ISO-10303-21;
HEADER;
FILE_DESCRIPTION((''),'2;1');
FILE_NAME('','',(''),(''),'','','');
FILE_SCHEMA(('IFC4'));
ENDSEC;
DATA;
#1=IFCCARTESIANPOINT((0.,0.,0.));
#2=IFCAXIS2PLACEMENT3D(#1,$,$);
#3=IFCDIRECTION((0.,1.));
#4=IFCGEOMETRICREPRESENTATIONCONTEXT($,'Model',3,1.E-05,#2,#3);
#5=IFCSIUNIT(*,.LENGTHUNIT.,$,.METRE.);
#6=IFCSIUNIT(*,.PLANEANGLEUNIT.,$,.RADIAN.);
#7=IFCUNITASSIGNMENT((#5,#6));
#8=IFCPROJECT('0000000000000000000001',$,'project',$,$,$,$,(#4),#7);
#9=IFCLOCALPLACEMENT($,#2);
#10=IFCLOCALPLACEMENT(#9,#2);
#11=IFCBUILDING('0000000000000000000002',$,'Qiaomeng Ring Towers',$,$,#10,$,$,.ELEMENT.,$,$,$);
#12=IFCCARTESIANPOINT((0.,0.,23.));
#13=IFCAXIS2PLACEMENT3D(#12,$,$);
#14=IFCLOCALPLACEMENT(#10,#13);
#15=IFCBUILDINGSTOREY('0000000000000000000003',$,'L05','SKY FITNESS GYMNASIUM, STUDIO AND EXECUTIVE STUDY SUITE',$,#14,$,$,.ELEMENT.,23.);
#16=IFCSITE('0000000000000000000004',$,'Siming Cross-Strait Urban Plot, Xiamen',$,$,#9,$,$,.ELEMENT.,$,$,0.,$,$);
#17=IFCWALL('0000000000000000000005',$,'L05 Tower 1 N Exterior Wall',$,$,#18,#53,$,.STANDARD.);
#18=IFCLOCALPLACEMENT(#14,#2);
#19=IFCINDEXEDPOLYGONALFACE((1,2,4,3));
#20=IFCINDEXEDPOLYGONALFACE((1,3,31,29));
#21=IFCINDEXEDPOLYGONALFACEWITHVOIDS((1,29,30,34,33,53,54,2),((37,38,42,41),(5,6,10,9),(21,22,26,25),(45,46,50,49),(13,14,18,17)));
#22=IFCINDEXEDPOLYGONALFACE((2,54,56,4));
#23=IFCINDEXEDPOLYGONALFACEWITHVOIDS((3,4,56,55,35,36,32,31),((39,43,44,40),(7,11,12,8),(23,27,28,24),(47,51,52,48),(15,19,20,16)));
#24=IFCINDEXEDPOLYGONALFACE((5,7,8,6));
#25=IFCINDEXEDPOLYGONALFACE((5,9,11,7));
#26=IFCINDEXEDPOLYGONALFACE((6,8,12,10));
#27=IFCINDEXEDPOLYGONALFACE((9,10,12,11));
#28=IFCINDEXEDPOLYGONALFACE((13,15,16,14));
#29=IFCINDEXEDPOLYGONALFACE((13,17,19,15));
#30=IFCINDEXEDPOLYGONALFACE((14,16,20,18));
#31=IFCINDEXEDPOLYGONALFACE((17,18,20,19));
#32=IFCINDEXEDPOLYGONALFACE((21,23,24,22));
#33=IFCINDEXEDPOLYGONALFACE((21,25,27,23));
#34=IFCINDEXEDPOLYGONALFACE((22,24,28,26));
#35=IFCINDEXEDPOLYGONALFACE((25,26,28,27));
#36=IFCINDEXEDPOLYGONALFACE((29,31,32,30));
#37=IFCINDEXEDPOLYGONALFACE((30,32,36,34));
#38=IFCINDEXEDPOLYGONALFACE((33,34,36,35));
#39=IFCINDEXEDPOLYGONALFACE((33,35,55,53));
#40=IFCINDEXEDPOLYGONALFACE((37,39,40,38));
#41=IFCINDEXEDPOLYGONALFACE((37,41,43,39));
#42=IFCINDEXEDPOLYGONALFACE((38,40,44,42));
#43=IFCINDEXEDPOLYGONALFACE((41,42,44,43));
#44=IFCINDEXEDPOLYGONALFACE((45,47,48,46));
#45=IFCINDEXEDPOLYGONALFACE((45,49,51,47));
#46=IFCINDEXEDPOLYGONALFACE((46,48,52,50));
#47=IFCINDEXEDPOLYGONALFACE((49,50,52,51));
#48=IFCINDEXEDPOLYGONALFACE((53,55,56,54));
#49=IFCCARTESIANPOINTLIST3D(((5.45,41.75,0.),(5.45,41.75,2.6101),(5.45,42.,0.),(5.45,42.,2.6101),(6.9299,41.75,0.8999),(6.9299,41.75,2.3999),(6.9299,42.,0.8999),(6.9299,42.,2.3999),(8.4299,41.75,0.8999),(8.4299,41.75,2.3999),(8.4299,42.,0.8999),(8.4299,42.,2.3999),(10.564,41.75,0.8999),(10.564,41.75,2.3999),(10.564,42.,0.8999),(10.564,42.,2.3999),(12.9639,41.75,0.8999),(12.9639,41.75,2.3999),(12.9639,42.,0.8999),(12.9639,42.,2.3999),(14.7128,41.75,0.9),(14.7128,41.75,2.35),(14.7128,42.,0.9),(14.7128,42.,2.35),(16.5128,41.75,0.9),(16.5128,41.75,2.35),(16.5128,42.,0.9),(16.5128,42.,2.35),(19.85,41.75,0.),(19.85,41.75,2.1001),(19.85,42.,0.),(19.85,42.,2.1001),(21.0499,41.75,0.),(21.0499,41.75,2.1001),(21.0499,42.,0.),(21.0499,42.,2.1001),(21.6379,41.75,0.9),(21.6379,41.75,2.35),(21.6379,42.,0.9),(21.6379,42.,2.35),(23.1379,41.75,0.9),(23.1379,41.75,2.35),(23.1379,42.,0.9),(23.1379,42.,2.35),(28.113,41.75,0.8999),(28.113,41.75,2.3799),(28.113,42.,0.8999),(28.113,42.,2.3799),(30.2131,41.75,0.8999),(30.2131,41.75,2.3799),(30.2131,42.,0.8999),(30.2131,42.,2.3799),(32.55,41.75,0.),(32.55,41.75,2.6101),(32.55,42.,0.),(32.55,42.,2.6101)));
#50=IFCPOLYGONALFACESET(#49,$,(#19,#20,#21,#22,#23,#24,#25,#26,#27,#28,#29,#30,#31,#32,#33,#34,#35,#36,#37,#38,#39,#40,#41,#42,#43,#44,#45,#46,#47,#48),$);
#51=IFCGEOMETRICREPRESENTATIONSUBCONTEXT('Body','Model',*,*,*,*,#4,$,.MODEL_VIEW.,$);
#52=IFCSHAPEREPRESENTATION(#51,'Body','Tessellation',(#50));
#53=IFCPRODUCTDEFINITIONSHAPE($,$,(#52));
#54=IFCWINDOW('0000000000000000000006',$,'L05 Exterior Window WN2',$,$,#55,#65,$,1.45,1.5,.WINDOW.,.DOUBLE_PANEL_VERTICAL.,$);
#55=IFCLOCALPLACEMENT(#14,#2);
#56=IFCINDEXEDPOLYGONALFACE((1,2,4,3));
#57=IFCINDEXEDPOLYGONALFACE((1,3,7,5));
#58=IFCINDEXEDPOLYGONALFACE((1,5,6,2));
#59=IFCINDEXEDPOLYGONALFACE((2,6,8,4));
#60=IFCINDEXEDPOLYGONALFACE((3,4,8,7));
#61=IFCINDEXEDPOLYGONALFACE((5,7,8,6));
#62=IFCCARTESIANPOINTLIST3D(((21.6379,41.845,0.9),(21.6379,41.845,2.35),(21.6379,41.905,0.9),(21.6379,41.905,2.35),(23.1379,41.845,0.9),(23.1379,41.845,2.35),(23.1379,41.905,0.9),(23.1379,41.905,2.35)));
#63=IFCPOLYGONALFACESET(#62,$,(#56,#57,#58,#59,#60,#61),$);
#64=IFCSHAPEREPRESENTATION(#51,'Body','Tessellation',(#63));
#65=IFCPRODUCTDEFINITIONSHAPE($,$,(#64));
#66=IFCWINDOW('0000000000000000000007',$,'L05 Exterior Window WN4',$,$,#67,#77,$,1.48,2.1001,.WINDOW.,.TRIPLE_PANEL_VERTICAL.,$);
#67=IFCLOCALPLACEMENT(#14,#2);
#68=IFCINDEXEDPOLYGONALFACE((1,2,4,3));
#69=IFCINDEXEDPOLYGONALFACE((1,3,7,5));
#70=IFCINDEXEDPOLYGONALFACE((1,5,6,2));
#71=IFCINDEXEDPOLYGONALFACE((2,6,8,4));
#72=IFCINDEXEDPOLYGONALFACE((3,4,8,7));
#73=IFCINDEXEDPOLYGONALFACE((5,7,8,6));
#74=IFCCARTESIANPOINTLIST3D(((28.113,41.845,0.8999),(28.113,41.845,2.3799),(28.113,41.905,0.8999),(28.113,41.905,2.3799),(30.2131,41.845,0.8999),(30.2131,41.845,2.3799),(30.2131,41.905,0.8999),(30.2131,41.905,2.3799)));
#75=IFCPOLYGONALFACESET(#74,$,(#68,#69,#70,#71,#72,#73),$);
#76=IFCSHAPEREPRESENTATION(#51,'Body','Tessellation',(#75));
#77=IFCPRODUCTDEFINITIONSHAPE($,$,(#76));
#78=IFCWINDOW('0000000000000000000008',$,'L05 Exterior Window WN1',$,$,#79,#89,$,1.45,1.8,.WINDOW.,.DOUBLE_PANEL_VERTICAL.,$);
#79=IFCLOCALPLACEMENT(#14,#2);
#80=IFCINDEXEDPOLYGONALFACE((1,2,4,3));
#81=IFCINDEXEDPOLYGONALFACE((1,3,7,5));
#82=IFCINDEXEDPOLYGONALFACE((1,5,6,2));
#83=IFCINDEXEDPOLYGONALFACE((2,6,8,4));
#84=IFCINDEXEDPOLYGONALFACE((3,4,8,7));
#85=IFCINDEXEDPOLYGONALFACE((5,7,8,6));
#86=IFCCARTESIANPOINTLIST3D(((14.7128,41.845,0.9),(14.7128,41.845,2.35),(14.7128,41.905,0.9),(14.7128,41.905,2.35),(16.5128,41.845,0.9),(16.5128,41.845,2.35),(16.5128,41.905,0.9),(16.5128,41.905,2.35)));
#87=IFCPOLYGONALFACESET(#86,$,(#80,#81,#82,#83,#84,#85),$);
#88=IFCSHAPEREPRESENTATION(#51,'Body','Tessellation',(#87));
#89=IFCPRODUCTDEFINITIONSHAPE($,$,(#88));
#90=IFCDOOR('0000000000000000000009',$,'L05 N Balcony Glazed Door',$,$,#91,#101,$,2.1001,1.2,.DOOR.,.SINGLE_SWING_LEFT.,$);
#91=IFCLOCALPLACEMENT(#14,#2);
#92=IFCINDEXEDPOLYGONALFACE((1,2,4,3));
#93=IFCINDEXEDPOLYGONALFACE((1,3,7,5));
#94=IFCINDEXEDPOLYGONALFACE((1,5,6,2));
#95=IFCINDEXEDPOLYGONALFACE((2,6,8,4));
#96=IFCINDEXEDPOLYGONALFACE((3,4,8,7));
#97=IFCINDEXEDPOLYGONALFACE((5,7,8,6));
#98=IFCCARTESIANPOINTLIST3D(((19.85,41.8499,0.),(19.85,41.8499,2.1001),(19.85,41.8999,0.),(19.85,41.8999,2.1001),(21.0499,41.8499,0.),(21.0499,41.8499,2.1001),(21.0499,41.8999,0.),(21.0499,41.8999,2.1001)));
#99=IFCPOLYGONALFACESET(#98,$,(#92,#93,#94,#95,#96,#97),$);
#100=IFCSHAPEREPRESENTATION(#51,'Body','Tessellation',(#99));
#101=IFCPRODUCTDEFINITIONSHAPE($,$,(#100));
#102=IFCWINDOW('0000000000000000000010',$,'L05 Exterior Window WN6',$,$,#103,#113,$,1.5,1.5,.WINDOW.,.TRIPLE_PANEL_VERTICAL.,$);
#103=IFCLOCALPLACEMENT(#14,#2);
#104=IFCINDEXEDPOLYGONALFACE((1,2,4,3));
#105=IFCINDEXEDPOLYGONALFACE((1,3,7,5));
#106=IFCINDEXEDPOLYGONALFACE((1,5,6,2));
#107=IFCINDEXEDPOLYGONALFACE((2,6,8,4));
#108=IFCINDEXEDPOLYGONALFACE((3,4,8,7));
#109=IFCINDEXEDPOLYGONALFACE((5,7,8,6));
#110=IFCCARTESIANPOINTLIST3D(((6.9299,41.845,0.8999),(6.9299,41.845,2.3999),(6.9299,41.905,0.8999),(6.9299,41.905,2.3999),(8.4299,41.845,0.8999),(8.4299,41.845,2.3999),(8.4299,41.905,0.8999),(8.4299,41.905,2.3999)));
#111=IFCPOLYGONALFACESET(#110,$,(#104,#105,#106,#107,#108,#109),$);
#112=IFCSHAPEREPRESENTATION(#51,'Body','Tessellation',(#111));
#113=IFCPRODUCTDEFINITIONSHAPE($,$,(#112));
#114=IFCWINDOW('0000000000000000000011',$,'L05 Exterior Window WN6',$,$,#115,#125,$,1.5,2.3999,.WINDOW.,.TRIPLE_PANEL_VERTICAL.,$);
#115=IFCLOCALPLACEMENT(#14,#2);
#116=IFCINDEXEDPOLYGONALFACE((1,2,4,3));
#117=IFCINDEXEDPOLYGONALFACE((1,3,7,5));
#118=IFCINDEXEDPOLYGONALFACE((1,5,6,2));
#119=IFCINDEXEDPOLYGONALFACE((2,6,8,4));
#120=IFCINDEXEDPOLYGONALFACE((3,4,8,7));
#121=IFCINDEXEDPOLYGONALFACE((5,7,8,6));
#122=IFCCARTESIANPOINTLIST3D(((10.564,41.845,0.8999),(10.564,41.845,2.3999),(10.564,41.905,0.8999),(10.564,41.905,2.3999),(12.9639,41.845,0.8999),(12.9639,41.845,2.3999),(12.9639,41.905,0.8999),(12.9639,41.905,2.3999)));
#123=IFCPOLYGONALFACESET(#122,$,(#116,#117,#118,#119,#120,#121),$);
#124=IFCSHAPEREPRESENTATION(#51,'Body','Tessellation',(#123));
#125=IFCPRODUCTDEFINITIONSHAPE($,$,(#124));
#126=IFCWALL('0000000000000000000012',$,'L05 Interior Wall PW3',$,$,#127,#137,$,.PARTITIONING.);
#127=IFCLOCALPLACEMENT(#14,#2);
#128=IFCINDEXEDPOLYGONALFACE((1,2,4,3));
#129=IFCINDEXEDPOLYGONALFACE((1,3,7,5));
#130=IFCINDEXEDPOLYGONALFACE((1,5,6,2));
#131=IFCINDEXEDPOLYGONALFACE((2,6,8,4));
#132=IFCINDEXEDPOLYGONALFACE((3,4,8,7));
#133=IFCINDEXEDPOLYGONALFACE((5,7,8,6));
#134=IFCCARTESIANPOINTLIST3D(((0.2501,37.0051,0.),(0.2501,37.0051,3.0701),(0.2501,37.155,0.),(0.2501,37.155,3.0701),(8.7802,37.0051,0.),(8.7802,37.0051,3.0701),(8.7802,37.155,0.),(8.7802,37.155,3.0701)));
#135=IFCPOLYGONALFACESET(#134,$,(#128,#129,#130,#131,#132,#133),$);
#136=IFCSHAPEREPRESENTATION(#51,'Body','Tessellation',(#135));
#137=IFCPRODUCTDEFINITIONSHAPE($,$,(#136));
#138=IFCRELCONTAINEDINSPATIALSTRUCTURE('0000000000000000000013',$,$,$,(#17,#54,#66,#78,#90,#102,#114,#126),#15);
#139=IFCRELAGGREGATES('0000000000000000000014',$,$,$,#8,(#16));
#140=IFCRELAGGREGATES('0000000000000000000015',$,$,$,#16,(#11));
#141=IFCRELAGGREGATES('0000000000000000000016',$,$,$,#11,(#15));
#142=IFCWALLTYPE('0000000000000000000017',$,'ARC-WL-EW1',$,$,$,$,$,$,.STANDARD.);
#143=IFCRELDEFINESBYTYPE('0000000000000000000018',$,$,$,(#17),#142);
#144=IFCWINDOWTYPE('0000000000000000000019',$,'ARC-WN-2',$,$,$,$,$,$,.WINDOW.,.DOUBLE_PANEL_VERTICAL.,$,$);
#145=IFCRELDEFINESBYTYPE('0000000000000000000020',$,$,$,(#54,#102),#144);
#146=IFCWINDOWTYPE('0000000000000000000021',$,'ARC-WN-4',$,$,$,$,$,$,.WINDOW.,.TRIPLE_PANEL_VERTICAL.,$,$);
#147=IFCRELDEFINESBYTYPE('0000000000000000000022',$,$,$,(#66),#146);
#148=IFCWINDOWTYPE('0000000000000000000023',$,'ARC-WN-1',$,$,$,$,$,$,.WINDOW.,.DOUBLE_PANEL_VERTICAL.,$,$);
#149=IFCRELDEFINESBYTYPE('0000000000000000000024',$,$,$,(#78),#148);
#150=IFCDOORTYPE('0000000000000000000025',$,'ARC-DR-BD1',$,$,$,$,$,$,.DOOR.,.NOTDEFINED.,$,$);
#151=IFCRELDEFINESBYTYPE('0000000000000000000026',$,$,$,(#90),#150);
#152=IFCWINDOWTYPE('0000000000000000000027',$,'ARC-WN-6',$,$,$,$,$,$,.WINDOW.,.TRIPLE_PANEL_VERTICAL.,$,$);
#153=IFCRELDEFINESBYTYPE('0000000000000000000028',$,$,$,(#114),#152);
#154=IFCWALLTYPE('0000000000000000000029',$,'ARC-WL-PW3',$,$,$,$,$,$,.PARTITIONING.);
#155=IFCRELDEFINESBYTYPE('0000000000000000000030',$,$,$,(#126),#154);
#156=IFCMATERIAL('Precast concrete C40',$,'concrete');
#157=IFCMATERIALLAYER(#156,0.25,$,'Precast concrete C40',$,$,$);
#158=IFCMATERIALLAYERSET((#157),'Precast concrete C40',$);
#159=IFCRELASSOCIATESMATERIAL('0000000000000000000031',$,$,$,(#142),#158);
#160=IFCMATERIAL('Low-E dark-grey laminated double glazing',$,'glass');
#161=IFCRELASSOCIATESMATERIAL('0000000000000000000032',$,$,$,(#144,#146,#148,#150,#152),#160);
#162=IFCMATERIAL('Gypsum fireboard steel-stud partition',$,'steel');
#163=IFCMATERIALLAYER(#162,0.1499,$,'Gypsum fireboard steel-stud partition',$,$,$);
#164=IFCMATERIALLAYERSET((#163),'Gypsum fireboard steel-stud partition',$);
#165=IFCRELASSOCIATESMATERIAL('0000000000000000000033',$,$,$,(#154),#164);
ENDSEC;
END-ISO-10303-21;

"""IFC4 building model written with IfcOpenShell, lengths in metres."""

from ifc_helpers import new_model, si_unit, direction, frame, frame_2d, origin, place, context, subcontext, project, spatial, rectangle, extrude, source, transform, mapped, material, layer, layer_set, type_object, element, fill, save


model = new_model("IFC4")

# Units and contexts
model_context = context("Model", 3, precision=1e-05, world=origin(), true_north=direction((0.0, 1.0)))
body_context = subcontext(model_context, "Body", "Model", "MODEL_VIEW")
ifc_project = project(units=[si_unit("LENGTHUNIT", "METRE"), si_unit("PLANEANGLEUNIT", "RADIAN")], contexts=[model_context])

# Site, building, storey
site_placement = place(None, origin())
site = spatial("IfcSite", under=ifc_project, at=site_placement, Name="Siming Cross-Strait Urban Plot, Xiamen", CompositionType="ELEMENT", RefElevation=0.0)
building_placement = place(site_placement, origin())
building = spatial("IfcBuilding", under=site, at=building_placement, Name="Qiaomeng Ring Towers", CompositionType="ELEMENT")
storey_placement = place(building_placement, frame((0.0, 0.0, 23.0)))
storey = spatial("IfcBuildingStorey", under=building, at=storey_placement, Name="L05", Description="SKY FITNESS GYMNASIUM, STUDIO AND EXECUTIVE STUDY SUITE", CompositionType="ELEMENT", Elevation=23.0)

# Shared definitions
ifc_material_1 = material(Name="Low-E dark-grey laminated double glazing", Category="glass")

# Wall, openings, windows, door
ifc_material_2 = material(Name="Precast concrete C40", Category="concrete")
ifc_layer_1 = layer(ifc_material_2, 0.25, Name="Precast concrete C40")
ifc_layer_set_1 = layer_set([ifc_layer_1], Name="Precast concrete C40")
wall_type_1 = type_object("IfcWallType", Name="ARC-WL-EW1", PredefinedType="STANDARD", material=ifc_layer_set_1)
wall_1_placement = place(storey_placement, frame((5.45, 41.875, 0.0), z_axis=(0.0, 0.0, 1.0), x_axis=(1.0, 0.0, 0.0)))
wall_1 = element("IfcWall", 1, at=wall_1_placement, inside=storey, type_object=wall_type_1, Name="L05 Tower 1 N Exterior Wall", PredefinedType="STANDARD", context=body_context, shape_type="SweptSolid", body=[
    extrude(rectangle(XDim=27.1001, YDim=0.25, at=frame_2d((13.55, 0.0))), origin(), (0.0, 0.0, 1.0), 2.6101),
])
opening_1_placement = place(wall_1_placement, frame((14.3999, 0.0, 0.0)))
opening_1 = element("IfcOpeningElement", 2, at=opening_1_placement, cuts=wall_1, PredefinedType="OPENING", context=body_context, shape_type="SweptSolid", body=[
    extrude(rectangle(XDim=1.2, YDim=2.1001, at=frame_2d((0.6001, 1.05))), frame((0.0, 0.135, 0.0), z_axis=(0.0, -1.0, 0.0), x_axis=(1.0, 0.0, 0.0)), (0.0, 0.0, 1.0), 0.27),
])
opening_2_placement = place(wall_1_placement, frame((1.48, 0.0, 0.8999)))
opening_2 = element("IfcOpeningElement", 3, at=opening_2_placement, cuts=wall_1, PredefinedType="OPENING", context=body_context, shape_type="SweptSolid", body=[
    extrude(rectangle(XDim=1.5, YDim=1.5, at=frame_2d((0.75, 0.75))), frame((0.0, 0.135, 0.0), z_axis=(0.0, -1.0, 0.0), x_axis=(1.0, 0.0, 0.0)), (0.0, 0.0, 1.0), 0.27),
])
opening_3_placement = place(wall_1_placement, frame((9.2629, 0.0, 0.8999)))
opening_3 = element("IfcOpeningElement", 4, at=opening_3_placement, cuts=wall_1, PredefinedType="OPENING", context=body_context, shape_type="SweptSolid", body=[
    extrude(rectangle(XDim=1.8, YDim=1.45, at=frame_2d((0.8999, 0.7251))), frame((0.0, 0.135, 0.0), z_axis=(0.0, -1.0, 0.0), x_axis=(1.0, 0.0, 0.0)), (0.0, 0.0, 1.0), 0.27),
])
opening_4_placement = place(wall_1_placement, frame((16.188, 0.0, 0.8999)))
opening_4 = element("IfcOpeningElement", 5, at=opening_4_placement, cuts=wall_1, PredefinedType="OPENING", context=body_context, shape_type="SweptSolid", body=[
    extrude(rectangle(XDim=1.5, YDim=1.45, at=frame_2d((0.75, 0.7251))), frame((0.0, 0.135, 0.0), z_axis=(0.0, -1.0, 0.0), x_axis=(1.0, 0.0, 0.0)), (0.0, 0.0, 1.0), 0.27),
])
opening_5_placement = place(wall_1_placement, frame((22.6631, 0.0, 0.8999)))
opening_5 = element("IfcOpeningElement", 6, at=opening_5_placement, cuts=wall_1, PredefinedType="OPENING", context=body_context, shape_type="SweptSolid", body=[
    extrude(rectangle(XDim=2.1001, YDim=1.48, at=frame_2d((1.05, 0.74))), frame((0.0, 0.135, 0.0), z_axis=(0.0, -1.0, 0.0), x_axis=(1.0, 0.0, 0.0)), (0.0, 0.0, 1.0), 0.27),
])
opening_6_placement = place(wall_1_placement, frame((5.114, 0.0, 0.8999)))
opening_6 = element("IfcOpeningElement", 7, at=opening_6_placement, cuts=wall_1, PredefinedType="OPENING", context=body_context, shape_type="SweptSolid", body=[
    extrude(rectangle(XDim=2.3999, YDim=1.5, at=frame_2d((1.2, 0.75))), frame((0.0, 0.135, 0.0), z_axis=(0.0, -1.0, 0.0), x_axis=(1.0, 0.0, 0.0)), (0.0, 0.0, 1.0), 0.27),
])
window_type_1 = type_object("IfcWindowType", Name="ARC-WN-2", PartitioningType="DOUBLE_PANEL_VERTICAL", PredefinedType="WINDOW", material=ifc_material_1)
shared_shape_1 = source(origin(), body_context, "Body", "SweptSolid", [
    extrude(rectangle(XDim=1.5, YDim=1.45, at=frame_2d((0.75, 0.7251))), frame((0.0, 0.03, 0.0), z_axis=(0.0, -1.0, 0.0), x_axis=(1.0, 0.0, 0.0)), (0.0, 0.0, 1.0), 0.0601),
])
window_1_placement = place(opening_4_placement, origin())
window_1 = element("IfcWindow", 8, at=window_1_placement, inside=storey, type_object=window_type_1, Name="L05 Exterior Window WN2", OverallHeight=1.45, OverallWidth=1.5, PartitioningType="DOUBLE_PANEL_VERTICAL", PredefinedType="WINDOW", context=body_context, shape_type="MappedRepresentation", body=[
    mapped(shared_shape_1, transform((0.0, 0.0, 0.0), x_axis=(1.0, 0.0, 0.0), y_axis=(0.0, 1.0, 0.0), z_axis=(0.0, 0.0, 1.0), scale=1.0)),
])
fill(opening_4, window_1)
window_type_2 = type_object("IfcWindowType", Name="ARC-WN-4", PartitioningType="TRIPLE_PANEL_VERTICAL", PredefinedType="WINDOW", material=ifc_material_1)
shared_shape_2 = source(origin(), body_context, "Body", "SweptSolid", [
    extrude(rectangle(XDim=2.1001, YDim=1.48, at=frame_2d((1.05, 0.74))), frame((0.0, 0.03, 0.0), z_axis=(0.0, -1.0, 0.0), x_axis=(1.0, 0.0, 0.0)), (0.0, 0.0, 1.0), 0.0601),
])
window_2_placement = place(opening_5_placement, origin())
window_2 = element("IfcWindow", 9, at=window_2_placement, inside=storey, type_object=window_type_2, Name="L05 Exterior Window WN4", OverallHeight=1.48, OverallWidth=2.1001, PartitioningType="TRIPLE_PANEL_VERTICAL", PredefinedType="WINDOW", context=body_context, shape_type="MappedRepresentation", body=[
    mapped(shared_shape_2, transform((0.0, 0.0, 0.0), x_axis=(1.0, 0.0, 0.0), y_axis=(0.0, 1.0, 0.0), z_axis=(0.0, 0.0, 1.0), scale=1.0)),
])
fill(opening_5, window_2)
window_type_3 = type_object("IfcWindowType", Name="ARC-WN-1", PartitioningType="DOUBLE_PANEL_VERTICAL", PredefinedType="WINDOW", material=ifc_material_1)
shared_shape_3 = source(origin(), body_context, "Body", "SweptSolid", [
    extrude(rectangle(XDim=1.8, YDim=1.45, at=frame_2d((0.8999, 0.7251))), frame((0.0, 0.03, 0.0), z_axis=(0.0, -1.0, 0.0), x_axis=(1.0, 0.0, 0.0)), (0.0, 0.0, 1.0), 0.0601),
])
window_3_placement = place(opening_3_placement, origin())
window_3 = element("IfcWindow", 10, at=window_3_placement, inside=storey, type_object=window_type_3, Name="L05 Exterior Window WN1", OverallHeight=1.45, OverallWidth=1.8, PartitioningType="DOUBLE_PANEL_VERTICAL", PredefinedType="WINDOW", context=body_context, shape_type="MappedRepresentation", body=[
    mapped(shared_shape_3, transform((0.0, 0.0, 0.0), x_axis=(1.0, 0.0, 0.0), y_axis=(0.0, 1.0, 0.0), z_axis=(0.0, 0.0, 1.0), scale=1.0)),
])
fill(opening_3, window_3)
door_type = type_object("IfcDoorType", Name="ARC-DR-BD1", OperationType="NOTDEFINED", PredefinedType="DOOR", material=ifc_material_1)
shared_shape_4 = source(origin(), body_context, "Body", "SweptSolid", [
    extrude(rectangle(XDim=1.2, YDim=2.1001, at=frame_2d((0.6001, 1.05))), frame((0.0, 0.0249, 0.0), z_axis=(0.0, -1.0, 0.0), x_axis=(1.0, 0.0, 0.0)), (0.0, 0.0, 1.0), 0.05),
])
door_placement = place(opening_1_placement, origin())
door = element("IfcDoor", 11, at=door_placement, inside=storey, type_object=door_type, Name="L05 N Balcony Glazed Door", OperationType="SINGLE_SWING_LEFT", OverallHeight=2.1001, OverallWidth=1.2, PredefinedType="DOOR", context=body_context, shape_type="MappedRepresentation", body=[
    mapped(shared_shape_4, transform((0.0, 0.0, 0.0), x_axis=(1.0, 0.0, 0.0), y_axis=(0.0, 1.0, 0.0), z_axis=(0.0, 0.0, 1.0), scale=1.0)),
])
fill(opening_1, door)
shared_shape_5 = source(origin(), body_context, "Body", "SweptSolid", [
    extrude(rectangle(XDim=1.5, YDim=1.5, at=frame_2d((0.75, 0.75))), frame((0.0, 0.03, 0.0), z_axis=(0.0, -1.0, 0.0), x_axis=(1.0, 0.0, 0.0)), (0.0, 0.0, 1.0), 0.0601),
])
window_4_placement = place(opening_2_placement, origin())
window_4 = element("IfcWindow", 12, at=window_4_placement, inside=storey, type_object=window_type_1, Name="L05 Exterior Window WN6", OverallHeight=1.5, OverallWidth=1.5, PartitioningType="TRIPLE_PANEL_VERTICAL", PredefinedType="WINDOW", context=body_context, shape_type="MappedRepresentation", body=[
    mapped(shared_shape_5, transform((0.0, 0.0, 0.0), x_axis=(1.0, 0.0, 0.0), y_axis=(0.0, 1.0, 0.0), z_axis=(0.0, 0.0, 1.0), scale=1.0)),
])
fill(opening_2, window_4)
window_type_4 = type_object("IfcWindowType", Name="ARC-WN-6", PartitioningType="TRIPLE_PANEL_VERTICAL", PredefinedType="WINDOW", material=ifc_material_1)
shared_shape_6 = source(origin(), body_context, "Body", "SweptSolid", [
    extrude(rectangle(XDim=2.3999, YDim=1.5, at=frame_2d((1.2, 0.75))), frame((0.0, 0.03, 0.0), z_axis=(0.0, -1.0, 0.0), x_axis=(1.0, 0.0, 0.0)), (0.0, 0.0, 1.0), 0.0601),
])
window_5_placement = place(opening_6_placement, origin())
window_5 = element("IfcWindow", 13, at=window_5_placement, inside=storey, type_object=window_type_4, Name="L05 Exterior Window WN6", OverallHeight=1.5, OverallWidth=2.3999, PartitioningType="TRIPLE_PANEL_VERTICAL", PredefinedType="WINDOW", context=body_context, shape_type="MappedRepresentation", body=[
    mapped(shared_shape_6, transform((0.0, 0.0, 0.0), x_axis=(1.0, 0.0, 0.0), y_axis=(0.0, 1.0, 0.0), z_axis=(0.0, 0.0, 1.0), scale=1.0)),
])
fill(opening_6, window_5)

# Wall
ifc_material_3 = material(Name="Gypsum fireboard steel-stud partition", Category="steel")
ifc_layer_2 = layer(ifc_material_3, 0.1499, Name="Gypsum fireboard steel-stud partition")
ifc_layer_set_2 = layer_set([ifc_layer_2], Name="Gypsum fireboard steel-stud partition")
wall_type_2 = type_object("IfcWallType", Name="ARC-WL-PW3", PredefinedType="PARTITIONING", material=ifc_layer_set_2)
wall_2_placement = place(storey_placement, frame((0.25, 37.0801, 0.0), z_axis=(0.0, 0.0, 1.0), x_axis=(1.0, 0.0, 0.0)))
element("IfcWall", 14, at=wall_2_placement, inside=storey, type_object=wall_type_2, Name="L05 Interior Wall PW3", PredefinedType="PARTITIONING", context=body_context, shape_type="SweptSolid", body=[
    extrude(rectangle(XDim=8.53, YDim=0.1499, at=frame_2d((4.2651, 0.0))), origin(), (0.0, 0.0, 1.0), 3.0701),
])

save(model, "model.ifc")
